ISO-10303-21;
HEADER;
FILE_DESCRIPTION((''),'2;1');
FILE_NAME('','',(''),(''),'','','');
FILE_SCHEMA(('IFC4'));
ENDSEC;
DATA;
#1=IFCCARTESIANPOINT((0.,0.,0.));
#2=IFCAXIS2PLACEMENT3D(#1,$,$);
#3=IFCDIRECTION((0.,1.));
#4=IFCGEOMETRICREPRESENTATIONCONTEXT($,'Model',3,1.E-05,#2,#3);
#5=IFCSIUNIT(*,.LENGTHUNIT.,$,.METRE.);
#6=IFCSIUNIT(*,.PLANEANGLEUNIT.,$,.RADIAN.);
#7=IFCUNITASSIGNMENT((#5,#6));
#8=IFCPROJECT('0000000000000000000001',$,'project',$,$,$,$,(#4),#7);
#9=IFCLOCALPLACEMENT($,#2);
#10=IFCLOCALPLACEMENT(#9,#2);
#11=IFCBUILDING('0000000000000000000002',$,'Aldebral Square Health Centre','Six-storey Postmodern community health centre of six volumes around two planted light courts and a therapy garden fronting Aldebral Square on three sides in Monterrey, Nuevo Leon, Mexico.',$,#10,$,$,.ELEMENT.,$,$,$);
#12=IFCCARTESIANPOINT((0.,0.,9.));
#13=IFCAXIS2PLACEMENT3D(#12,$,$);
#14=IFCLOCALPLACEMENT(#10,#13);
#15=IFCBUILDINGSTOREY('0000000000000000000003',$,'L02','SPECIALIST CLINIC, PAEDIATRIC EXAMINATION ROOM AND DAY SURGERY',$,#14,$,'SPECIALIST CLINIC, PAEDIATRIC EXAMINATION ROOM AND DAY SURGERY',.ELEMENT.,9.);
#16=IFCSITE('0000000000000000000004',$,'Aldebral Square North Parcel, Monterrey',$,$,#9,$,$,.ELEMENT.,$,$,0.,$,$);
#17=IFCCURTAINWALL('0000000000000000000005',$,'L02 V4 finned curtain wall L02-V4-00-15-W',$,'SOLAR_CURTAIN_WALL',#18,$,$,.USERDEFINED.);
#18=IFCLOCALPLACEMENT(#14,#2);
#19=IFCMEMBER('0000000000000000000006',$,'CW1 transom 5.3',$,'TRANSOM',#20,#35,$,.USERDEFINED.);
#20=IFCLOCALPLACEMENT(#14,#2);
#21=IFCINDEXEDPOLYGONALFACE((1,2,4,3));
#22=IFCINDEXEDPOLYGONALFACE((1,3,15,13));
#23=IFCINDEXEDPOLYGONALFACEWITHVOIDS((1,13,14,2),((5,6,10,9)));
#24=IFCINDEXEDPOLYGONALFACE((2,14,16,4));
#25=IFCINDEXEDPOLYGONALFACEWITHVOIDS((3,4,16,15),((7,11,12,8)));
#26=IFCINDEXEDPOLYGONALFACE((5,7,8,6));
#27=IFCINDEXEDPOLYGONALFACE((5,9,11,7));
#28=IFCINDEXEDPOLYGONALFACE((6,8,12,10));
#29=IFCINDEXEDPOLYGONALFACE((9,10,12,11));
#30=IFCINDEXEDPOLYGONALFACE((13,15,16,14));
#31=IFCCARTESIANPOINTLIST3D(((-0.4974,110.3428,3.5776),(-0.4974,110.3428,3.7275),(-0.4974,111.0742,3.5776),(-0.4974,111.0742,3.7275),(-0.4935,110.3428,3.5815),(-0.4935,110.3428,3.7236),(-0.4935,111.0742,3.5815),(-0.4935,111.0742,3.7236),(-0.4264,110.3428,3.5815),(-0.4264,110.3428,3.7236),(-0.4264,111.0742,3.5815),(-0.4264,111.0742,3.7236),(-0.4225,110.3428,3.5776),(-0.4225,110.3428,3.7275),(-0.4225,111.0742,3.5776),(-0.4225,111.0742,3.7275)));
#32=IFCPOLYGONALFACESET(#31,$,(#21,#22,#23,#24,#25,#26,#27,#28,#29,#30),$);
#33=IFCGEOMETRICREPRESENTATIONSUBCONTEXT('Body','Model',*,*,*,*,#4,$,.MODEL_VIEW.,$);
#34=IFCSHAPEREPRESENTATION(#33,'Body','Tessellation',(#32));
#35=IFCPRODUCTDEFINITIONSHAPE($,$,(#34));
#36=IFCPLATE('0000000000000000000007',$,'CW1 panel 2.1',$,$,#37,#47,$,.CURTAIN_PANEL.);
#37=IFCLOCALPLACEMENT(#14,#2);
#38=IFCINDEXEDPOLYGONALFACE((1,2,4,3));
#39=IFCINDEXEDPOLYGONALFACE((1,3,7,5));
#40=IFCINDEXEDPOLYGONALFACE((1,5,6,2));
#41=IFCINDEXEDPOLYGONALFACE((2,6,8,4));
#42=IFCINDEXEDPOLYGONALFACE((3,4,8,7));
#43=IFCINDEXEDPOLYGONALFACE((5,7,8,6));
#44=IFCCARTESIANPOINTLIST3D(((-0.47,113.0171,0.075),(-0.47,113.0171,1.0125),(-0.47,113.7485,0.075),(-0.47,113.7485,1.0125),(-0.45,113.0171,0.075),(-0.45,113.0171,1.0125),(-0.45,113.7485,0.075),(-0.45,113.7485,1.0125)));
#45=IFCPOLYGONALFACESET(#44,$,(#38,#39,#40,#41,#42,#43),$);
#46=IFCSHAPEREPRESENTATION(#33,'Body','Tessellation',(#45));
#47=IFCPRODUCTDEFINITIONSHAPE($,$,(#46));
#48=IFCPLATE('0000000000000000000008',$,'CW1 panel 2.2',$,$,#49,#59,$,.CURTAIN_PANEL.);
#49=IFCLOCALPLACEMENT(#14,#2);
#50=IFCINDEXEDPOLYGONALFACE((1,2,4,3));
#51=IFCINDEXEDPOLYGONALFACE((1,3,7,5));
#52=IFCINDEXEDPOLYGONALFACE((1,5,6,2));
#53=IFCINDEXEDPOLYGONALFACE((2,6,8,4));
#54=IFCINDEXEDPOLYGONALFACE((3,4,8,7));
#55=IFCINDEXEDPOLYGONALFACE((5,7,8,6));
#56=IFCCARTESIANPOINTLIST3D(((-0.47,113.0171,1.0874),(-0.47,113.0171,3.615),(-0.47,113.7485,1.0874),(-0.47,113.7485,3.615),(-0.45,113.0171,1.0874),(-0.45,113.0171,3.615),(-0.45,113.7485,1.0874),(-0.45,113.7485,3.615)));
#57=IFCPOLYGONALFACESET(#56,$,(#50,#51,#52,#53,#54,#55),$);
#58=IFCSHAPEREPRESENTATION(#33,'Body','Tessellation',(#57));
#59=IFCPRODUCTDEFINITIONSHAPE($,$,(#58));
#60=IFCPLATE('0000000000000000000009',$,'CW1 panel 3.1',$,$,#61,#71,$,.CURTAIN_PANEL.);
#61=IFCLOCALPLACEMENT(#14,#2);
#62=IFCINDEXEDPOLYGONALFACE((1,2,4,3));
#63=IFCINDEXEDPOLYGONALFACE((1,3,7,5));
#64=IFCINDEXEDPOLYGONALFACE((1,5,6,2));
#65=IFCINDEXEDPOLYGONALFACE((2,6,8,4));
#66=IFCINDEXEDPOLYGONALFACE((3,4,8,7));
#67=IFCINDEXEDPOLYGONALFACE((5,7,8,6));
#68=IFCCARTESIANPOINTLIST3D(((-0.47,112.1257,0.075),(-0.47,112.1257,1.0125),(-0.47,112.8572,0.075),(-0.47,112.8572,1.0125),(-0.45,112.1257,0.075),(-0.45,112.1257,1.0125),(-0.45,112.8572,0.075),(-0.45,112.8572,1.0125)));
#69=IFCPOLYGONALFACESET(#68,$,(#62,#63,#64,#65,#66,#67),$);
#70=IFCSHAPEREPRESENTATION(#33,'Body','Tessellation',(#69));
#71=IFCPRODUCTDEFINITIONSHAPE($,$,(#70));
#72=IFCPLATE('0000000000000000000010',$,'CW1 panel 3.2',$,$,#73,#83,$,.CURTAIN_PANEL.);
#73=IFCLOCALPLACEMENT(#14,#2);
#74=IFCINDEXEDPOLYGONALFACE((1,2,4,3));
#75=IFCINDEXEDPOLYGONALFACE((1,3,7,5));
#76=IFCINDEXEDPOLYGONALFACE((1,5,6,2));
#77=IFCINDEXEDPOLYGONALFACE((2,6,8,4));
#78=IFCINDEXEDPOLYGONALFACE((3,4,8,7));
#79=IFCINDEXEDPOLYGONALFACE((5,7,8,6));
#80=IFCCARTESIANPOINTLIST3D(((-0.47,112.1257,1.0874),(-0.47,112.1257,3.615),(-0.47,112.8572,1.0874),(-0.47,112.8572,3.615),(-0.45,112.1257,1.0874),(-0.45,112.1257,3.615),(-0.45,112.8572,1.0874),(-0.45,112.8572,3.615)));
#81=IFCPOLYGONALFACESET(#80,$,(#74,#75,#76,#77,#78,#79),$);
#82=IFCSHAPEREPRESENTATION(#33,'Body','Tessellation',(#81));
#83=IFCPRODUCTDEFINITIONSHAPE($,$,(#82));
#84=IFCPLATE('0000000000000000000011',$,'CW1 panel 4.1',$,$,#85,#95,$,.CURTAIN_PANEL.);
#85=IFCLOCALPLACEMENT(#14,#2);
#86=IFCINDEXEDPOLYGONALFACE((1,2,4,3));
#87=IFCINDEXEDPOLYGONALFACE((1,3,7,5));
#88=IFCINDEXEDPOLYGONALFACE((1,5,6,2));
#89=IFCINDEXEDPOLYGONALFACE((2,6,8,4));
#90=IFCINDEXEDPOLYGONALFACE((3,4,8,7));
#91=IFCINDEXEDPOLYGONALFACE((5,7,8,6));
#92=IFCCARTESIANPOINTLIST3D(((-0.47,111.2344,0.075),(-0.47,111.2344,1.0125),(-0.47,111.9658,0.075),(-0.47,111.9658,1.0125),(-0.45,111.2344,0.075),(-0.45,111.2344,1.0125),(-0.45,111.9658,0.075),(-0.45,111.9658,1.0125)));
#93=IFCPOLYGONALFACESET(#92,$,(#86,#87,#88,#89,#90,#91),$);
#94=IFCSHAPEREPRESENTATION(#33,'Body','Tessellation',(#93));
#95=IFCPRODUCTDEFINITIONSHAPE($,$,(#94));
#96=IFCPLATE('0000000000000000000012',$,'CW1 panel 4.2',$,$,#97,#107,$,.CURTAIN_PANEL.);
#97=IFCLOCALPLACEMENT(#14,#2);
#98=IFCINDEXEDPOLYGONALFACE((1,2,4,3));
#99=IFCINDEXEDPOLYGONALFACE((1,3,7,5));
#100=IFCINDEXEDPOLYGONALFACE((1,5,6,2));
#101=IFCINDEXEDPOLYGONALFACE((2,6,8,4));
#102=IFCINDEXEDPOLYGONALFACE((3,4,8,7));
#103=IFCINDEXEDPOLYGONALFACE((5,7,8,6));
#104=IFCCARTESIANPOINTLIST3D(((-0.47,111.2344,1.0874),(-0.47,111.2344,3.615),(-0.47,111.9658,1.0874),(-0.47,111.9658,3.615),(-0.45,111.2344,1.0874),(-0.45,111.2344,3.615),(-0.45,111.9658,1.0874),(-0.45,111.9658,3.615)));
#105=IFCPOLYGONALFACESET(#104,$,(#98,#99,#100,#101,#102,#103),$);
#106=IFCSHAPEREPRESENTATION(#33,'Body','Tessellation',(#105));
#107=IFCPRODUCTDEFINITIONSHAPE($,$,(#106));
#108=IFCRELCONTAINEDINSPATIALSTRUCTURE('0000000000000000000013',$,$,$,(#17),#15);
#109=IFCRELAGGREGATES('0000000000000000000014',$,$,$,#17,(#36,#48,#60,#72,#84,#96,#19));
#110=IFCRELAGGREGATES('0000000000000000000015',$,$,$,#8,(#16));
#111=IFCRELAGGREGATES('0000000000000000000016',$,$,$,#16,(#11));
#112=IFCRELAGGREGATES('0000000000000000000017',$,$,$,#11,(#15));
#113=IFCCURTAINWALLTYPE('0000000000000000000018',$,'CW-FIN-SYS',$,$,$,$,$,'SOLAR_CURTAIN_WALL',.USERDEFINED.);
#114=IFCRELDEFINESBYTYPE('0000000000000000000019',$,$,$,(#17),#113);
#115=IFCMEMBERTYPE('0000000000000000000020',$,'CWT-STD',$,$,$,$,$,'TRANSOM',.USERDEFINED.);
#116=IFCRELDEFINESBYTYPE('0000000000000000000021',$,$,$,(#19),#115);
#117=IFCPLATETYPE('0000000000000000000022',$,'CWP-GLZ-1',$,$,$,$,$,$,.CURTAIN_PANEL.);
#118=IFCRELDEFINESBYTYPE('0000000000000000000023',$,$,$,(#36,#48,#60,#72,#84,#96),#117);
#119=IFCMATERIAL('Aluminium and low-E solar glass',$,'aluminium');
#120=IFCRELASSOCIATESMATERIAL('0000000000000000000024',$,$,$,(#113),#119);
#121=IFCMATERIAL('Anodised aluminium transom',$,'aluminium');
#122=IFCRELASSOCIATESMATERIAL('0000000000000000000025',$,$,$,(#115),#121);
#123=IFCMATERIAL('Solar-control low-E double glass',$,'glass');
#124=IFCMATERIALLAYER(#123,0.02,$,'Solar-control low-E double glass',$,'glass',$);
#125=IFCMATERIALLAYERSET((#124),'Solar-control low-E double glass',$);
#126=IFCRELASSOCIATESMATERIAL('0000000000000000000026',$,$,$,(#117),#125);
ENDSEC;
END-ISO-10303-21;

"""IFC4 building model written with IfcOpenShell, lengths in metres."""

from ifc_helpers import new_model, si_unit, direction, frame, origin, origin_2d, place, context, subcontext, project, spatial, rectangle, hollow_rectangle, extrude, material, layer, layer_set, material_profile, profile_set, type_object, element, aggregate, save


model = new_model("IFC4")

# Units and contexts
model_context = context("Model", 3, precision=1e-05, world=origin(), true_north=direction((0.0, 1.0)))
body_context = subcontext(model_context, "Body", "Model", "MODEL_VIEW")
ifc_project = project(units=[si_unit("LENGTHUNIT", "METRE"), si_unit("PLANEANGLEUNIT", "RADIAN")], contexts=[model_context])

# Site, building, storey
site_placement = place(None, origin())
site = spatial("IfcSite", under=ifc_project, at=site_placement, Name="Aldebral Square North Parcel, Monterrey", CompositionType="ELEMENT", RefElevation=0.0)
building_placement = place(site_placement, origin())
building = spatial("IfcBuilding", under=site, at=building_placement, Name="Aldebral Square Health Centre", Description="Six-storey Postmodern community health centre of six volumes around two planted light courts and a therapy garden fronting Aldebral Square on three sides in Monterrey, Nuevo Leon, Mexico.", CompositionType="ELEMENT")
storey_placement = place(building_placement, frame((0.0, 0.0, 9.0)))
storey = spatial("IfcBuildingStorey", under=building, at=storey_placement, Name="L02", Description="SPECIALIST CLINIC, PAEDIATRIC EXAMINATION ROOM AND DAY SURGERY", LongName="SPECIALIST CLINIC, PAEDIATRIC EXAMINATION ROOM AND DAY SURGERY", CompositionType="ELEMENT", Elevation=9.0)

# Curtain wall, member, plates
ifc_material_1 = material(Name="Aluminium and low-E solar glass", Category="aluminium")
curtain_wall_type = type_object("IfcCurtainWallType", Name="CW-FIN-SYS", ElementType="SOLAR_CURTAIN_WALL", PredefinedType="USERDEFINED", material=ifc_material_1)
curtain_wall_placement = place(storey_placement, origin())
curtain_wall = element("IfcCurtainWall", 1, at=curtain_wall_placement, inside=storey, type_object=curtain_wall_type, Name="L02 V4 finned curtain wall L02-V4-00-15-W", ObjectType="SOLAR_CURTAIN_WALL", PredefinedType="USERDEFINED")
ifc_material_2 = material(Name="Anodised aluminium transom", Category="aluminium")
ifc_material_profile_1 = material_profile(ifc_material_2, hollow_rectangle(XDim=0.075, YDim=0.1499, WallThickness=0.0039, at=origin_2d()), Name="CWT 75x150x4")
ifc_profile_set_1 = profile_set([ifc_material_profile_1], Name="Anodised aluminium transom")
member_type_1 = type_object("IfcMemberType", Name="CWT-STD", ElementType="TRANSOM", PredefinedType="USERDEFINED", material=ifc_profile_set_1)
member_1_placement = place(storey_placement, frame((-0.46, 111.0742, 3.6526), z_axis=(0.0, -1.0, 0.0), x_axis=(1.0, 0.0, 0.0)))
member_1 = element("IfcMember", 2, at=member_1_placement, type_object=member_type_1, Name="CW1 transom 5.3", ObjectType="TRANSOM", PredefinedType="USERDEFINED", context=body_context, shape_type="SweptSolid", body=[
    extrude(hollow_rectangle(XDim=0.075, YDim=0.1499, WallThickness=0.0039, at=origin_2d()), origin(), (0.0, 0.0, 1.0), 0.7314),
])
ifc_material_3 = material(Name="Solar-control low-E double glass", Category="glass")
ifc_layer = layer(ifc_material_3, 0.02, Name="Solar-control low-E double glass", Category="glass")
ifc_layer_set = layer_set([ifc_layer], Name="Solar-control low-E double glass")
plate_type = type_object("IfcPlateType", Name="CWP-GLZ-1", PredefinedType="CURTAIN_PANEL", material=ifc_layer_set)
plate_1_placement = place(storey_placement, frame((-0.46, 113.3828, 0.075), z_axis=(0.0, 0.0, 1.0), x_axis=(0.0, -1.0, 0.0)))
plate_1 = element("IfcPlate", 3, at=plate_1_placement, type_object=plate_type, Name="CW1 panel 2.1", PredefinedType="CURTAIN_PANEL", context=body_context, shape_type="SweptSolid", body=[
    extrude(rectangle(XDim=0.7314, YDim=0.02, at=origin_2d()), origin(), (0.0, 0.0, 1.0), 0.9375),
])
plate_2_placement = place(storey_placement, frame((-0.46, 113.3828, 1.0874), z_axis=(0.0, 0.0, 1.0), x_axis=(0.0, -1.0, 0.0)))
plate_2 = element("IfcPlate", 4, at=plate_2_placement, type_object=plate_type, Name="CW1 panel 2.2", PredefinedType="CURTAIN_PANEL", context=body_context, shape_type="SweptSolid", body=[
    extrude(rectangle(XDim=0.7314, YDim=0.02, at=origin_2d()), origin(), (0.0, 0.0, 1.0), 2.5276),
])
plate_3_placement = place(storey_placement, frame((-0.46, 112.4915, 0.075), z_axis=(0.0, 0.0, 1.0), x_axis=(0.0, -1.0, 0.0)))
plate_3 = element("IfcPlate", 5, at=plate_3_placement, type_object=plate_type, Name="CW1 panel 3.1", PredefinedType="CURTAIN_PANEL", context=body_context, shape_type="SweptSolid", body=[
    extrude(rectangle(XDim=0.7314, YDim=0.02, at=origin_2d()), origin(), (0.0, 0.0, 1.0), 0.9375),
])
plate_4_placement = place(storey_placement, frame((-0.46, 112.4915, 1.0874), z_axis=(0.0, 0.0, 1.0), x_axis=(0.0, -1.0, 0.0)))
plate_4 = element("IfcPlate", 6, at=plate_4_placement, type_object=plate_type, Name="CW1 panel 3.2", PredefinedType="CURTAIN_PANEL", context=body_context, shape_type="SweptSolid", body=[
    extrude(rectangle(XDim=0.7314, YDim=0.02, at=origin_2d()), origin(), (0.0, 0.0, 1.0), 2.5276),
])
plate_5_placement = place(storey_placement, frame((-0.46, 111.6001, 0.075), z_axis=(0.0, 0.0, 1.0), x_axis=(0.0, -1.0, 0.0)))
plate_5 = element("IfcPlate", 7, at=plate_5_placement, type_object=plate_type, Name="CW1 panel 4.1", PredefinedType="CURTAIN_PANEL", context=body_context, shape_type="SweptSolid", body=[
    extrude(rectangle(XDim=0.7314, YDim=0.02, at=origin_2d()), origin(), (0.0, 0.0, 1.0), 0.9375),
])
plate_6_placement = place(storey_placement, frame((-0.46, 111.6001, 1.0874), z_axis=(0.0, 0.0, 1.0), x_axis=(0.0, -1.0, 0.0)))
plate_6 = element("IfcPlate", 8, at=plate_6_placement, type_object=plate_type, Name="CW1 panel 4.2", PredefinedType="CURTAIN_PANEL", context=body_context, shape_type="SweptSolid", body=[
    extrude(rectangle(XDim=0.7314, YDim=0.02, at=origin_2d()), origin(), (0.0, 0.0, 1.0), 2.5276),
])
aggregate(curtain_wall, [plate_1, plate_2, plate_3, plate_4, plate_5, plate_6, member_1])

save(model, "model.ifc")
